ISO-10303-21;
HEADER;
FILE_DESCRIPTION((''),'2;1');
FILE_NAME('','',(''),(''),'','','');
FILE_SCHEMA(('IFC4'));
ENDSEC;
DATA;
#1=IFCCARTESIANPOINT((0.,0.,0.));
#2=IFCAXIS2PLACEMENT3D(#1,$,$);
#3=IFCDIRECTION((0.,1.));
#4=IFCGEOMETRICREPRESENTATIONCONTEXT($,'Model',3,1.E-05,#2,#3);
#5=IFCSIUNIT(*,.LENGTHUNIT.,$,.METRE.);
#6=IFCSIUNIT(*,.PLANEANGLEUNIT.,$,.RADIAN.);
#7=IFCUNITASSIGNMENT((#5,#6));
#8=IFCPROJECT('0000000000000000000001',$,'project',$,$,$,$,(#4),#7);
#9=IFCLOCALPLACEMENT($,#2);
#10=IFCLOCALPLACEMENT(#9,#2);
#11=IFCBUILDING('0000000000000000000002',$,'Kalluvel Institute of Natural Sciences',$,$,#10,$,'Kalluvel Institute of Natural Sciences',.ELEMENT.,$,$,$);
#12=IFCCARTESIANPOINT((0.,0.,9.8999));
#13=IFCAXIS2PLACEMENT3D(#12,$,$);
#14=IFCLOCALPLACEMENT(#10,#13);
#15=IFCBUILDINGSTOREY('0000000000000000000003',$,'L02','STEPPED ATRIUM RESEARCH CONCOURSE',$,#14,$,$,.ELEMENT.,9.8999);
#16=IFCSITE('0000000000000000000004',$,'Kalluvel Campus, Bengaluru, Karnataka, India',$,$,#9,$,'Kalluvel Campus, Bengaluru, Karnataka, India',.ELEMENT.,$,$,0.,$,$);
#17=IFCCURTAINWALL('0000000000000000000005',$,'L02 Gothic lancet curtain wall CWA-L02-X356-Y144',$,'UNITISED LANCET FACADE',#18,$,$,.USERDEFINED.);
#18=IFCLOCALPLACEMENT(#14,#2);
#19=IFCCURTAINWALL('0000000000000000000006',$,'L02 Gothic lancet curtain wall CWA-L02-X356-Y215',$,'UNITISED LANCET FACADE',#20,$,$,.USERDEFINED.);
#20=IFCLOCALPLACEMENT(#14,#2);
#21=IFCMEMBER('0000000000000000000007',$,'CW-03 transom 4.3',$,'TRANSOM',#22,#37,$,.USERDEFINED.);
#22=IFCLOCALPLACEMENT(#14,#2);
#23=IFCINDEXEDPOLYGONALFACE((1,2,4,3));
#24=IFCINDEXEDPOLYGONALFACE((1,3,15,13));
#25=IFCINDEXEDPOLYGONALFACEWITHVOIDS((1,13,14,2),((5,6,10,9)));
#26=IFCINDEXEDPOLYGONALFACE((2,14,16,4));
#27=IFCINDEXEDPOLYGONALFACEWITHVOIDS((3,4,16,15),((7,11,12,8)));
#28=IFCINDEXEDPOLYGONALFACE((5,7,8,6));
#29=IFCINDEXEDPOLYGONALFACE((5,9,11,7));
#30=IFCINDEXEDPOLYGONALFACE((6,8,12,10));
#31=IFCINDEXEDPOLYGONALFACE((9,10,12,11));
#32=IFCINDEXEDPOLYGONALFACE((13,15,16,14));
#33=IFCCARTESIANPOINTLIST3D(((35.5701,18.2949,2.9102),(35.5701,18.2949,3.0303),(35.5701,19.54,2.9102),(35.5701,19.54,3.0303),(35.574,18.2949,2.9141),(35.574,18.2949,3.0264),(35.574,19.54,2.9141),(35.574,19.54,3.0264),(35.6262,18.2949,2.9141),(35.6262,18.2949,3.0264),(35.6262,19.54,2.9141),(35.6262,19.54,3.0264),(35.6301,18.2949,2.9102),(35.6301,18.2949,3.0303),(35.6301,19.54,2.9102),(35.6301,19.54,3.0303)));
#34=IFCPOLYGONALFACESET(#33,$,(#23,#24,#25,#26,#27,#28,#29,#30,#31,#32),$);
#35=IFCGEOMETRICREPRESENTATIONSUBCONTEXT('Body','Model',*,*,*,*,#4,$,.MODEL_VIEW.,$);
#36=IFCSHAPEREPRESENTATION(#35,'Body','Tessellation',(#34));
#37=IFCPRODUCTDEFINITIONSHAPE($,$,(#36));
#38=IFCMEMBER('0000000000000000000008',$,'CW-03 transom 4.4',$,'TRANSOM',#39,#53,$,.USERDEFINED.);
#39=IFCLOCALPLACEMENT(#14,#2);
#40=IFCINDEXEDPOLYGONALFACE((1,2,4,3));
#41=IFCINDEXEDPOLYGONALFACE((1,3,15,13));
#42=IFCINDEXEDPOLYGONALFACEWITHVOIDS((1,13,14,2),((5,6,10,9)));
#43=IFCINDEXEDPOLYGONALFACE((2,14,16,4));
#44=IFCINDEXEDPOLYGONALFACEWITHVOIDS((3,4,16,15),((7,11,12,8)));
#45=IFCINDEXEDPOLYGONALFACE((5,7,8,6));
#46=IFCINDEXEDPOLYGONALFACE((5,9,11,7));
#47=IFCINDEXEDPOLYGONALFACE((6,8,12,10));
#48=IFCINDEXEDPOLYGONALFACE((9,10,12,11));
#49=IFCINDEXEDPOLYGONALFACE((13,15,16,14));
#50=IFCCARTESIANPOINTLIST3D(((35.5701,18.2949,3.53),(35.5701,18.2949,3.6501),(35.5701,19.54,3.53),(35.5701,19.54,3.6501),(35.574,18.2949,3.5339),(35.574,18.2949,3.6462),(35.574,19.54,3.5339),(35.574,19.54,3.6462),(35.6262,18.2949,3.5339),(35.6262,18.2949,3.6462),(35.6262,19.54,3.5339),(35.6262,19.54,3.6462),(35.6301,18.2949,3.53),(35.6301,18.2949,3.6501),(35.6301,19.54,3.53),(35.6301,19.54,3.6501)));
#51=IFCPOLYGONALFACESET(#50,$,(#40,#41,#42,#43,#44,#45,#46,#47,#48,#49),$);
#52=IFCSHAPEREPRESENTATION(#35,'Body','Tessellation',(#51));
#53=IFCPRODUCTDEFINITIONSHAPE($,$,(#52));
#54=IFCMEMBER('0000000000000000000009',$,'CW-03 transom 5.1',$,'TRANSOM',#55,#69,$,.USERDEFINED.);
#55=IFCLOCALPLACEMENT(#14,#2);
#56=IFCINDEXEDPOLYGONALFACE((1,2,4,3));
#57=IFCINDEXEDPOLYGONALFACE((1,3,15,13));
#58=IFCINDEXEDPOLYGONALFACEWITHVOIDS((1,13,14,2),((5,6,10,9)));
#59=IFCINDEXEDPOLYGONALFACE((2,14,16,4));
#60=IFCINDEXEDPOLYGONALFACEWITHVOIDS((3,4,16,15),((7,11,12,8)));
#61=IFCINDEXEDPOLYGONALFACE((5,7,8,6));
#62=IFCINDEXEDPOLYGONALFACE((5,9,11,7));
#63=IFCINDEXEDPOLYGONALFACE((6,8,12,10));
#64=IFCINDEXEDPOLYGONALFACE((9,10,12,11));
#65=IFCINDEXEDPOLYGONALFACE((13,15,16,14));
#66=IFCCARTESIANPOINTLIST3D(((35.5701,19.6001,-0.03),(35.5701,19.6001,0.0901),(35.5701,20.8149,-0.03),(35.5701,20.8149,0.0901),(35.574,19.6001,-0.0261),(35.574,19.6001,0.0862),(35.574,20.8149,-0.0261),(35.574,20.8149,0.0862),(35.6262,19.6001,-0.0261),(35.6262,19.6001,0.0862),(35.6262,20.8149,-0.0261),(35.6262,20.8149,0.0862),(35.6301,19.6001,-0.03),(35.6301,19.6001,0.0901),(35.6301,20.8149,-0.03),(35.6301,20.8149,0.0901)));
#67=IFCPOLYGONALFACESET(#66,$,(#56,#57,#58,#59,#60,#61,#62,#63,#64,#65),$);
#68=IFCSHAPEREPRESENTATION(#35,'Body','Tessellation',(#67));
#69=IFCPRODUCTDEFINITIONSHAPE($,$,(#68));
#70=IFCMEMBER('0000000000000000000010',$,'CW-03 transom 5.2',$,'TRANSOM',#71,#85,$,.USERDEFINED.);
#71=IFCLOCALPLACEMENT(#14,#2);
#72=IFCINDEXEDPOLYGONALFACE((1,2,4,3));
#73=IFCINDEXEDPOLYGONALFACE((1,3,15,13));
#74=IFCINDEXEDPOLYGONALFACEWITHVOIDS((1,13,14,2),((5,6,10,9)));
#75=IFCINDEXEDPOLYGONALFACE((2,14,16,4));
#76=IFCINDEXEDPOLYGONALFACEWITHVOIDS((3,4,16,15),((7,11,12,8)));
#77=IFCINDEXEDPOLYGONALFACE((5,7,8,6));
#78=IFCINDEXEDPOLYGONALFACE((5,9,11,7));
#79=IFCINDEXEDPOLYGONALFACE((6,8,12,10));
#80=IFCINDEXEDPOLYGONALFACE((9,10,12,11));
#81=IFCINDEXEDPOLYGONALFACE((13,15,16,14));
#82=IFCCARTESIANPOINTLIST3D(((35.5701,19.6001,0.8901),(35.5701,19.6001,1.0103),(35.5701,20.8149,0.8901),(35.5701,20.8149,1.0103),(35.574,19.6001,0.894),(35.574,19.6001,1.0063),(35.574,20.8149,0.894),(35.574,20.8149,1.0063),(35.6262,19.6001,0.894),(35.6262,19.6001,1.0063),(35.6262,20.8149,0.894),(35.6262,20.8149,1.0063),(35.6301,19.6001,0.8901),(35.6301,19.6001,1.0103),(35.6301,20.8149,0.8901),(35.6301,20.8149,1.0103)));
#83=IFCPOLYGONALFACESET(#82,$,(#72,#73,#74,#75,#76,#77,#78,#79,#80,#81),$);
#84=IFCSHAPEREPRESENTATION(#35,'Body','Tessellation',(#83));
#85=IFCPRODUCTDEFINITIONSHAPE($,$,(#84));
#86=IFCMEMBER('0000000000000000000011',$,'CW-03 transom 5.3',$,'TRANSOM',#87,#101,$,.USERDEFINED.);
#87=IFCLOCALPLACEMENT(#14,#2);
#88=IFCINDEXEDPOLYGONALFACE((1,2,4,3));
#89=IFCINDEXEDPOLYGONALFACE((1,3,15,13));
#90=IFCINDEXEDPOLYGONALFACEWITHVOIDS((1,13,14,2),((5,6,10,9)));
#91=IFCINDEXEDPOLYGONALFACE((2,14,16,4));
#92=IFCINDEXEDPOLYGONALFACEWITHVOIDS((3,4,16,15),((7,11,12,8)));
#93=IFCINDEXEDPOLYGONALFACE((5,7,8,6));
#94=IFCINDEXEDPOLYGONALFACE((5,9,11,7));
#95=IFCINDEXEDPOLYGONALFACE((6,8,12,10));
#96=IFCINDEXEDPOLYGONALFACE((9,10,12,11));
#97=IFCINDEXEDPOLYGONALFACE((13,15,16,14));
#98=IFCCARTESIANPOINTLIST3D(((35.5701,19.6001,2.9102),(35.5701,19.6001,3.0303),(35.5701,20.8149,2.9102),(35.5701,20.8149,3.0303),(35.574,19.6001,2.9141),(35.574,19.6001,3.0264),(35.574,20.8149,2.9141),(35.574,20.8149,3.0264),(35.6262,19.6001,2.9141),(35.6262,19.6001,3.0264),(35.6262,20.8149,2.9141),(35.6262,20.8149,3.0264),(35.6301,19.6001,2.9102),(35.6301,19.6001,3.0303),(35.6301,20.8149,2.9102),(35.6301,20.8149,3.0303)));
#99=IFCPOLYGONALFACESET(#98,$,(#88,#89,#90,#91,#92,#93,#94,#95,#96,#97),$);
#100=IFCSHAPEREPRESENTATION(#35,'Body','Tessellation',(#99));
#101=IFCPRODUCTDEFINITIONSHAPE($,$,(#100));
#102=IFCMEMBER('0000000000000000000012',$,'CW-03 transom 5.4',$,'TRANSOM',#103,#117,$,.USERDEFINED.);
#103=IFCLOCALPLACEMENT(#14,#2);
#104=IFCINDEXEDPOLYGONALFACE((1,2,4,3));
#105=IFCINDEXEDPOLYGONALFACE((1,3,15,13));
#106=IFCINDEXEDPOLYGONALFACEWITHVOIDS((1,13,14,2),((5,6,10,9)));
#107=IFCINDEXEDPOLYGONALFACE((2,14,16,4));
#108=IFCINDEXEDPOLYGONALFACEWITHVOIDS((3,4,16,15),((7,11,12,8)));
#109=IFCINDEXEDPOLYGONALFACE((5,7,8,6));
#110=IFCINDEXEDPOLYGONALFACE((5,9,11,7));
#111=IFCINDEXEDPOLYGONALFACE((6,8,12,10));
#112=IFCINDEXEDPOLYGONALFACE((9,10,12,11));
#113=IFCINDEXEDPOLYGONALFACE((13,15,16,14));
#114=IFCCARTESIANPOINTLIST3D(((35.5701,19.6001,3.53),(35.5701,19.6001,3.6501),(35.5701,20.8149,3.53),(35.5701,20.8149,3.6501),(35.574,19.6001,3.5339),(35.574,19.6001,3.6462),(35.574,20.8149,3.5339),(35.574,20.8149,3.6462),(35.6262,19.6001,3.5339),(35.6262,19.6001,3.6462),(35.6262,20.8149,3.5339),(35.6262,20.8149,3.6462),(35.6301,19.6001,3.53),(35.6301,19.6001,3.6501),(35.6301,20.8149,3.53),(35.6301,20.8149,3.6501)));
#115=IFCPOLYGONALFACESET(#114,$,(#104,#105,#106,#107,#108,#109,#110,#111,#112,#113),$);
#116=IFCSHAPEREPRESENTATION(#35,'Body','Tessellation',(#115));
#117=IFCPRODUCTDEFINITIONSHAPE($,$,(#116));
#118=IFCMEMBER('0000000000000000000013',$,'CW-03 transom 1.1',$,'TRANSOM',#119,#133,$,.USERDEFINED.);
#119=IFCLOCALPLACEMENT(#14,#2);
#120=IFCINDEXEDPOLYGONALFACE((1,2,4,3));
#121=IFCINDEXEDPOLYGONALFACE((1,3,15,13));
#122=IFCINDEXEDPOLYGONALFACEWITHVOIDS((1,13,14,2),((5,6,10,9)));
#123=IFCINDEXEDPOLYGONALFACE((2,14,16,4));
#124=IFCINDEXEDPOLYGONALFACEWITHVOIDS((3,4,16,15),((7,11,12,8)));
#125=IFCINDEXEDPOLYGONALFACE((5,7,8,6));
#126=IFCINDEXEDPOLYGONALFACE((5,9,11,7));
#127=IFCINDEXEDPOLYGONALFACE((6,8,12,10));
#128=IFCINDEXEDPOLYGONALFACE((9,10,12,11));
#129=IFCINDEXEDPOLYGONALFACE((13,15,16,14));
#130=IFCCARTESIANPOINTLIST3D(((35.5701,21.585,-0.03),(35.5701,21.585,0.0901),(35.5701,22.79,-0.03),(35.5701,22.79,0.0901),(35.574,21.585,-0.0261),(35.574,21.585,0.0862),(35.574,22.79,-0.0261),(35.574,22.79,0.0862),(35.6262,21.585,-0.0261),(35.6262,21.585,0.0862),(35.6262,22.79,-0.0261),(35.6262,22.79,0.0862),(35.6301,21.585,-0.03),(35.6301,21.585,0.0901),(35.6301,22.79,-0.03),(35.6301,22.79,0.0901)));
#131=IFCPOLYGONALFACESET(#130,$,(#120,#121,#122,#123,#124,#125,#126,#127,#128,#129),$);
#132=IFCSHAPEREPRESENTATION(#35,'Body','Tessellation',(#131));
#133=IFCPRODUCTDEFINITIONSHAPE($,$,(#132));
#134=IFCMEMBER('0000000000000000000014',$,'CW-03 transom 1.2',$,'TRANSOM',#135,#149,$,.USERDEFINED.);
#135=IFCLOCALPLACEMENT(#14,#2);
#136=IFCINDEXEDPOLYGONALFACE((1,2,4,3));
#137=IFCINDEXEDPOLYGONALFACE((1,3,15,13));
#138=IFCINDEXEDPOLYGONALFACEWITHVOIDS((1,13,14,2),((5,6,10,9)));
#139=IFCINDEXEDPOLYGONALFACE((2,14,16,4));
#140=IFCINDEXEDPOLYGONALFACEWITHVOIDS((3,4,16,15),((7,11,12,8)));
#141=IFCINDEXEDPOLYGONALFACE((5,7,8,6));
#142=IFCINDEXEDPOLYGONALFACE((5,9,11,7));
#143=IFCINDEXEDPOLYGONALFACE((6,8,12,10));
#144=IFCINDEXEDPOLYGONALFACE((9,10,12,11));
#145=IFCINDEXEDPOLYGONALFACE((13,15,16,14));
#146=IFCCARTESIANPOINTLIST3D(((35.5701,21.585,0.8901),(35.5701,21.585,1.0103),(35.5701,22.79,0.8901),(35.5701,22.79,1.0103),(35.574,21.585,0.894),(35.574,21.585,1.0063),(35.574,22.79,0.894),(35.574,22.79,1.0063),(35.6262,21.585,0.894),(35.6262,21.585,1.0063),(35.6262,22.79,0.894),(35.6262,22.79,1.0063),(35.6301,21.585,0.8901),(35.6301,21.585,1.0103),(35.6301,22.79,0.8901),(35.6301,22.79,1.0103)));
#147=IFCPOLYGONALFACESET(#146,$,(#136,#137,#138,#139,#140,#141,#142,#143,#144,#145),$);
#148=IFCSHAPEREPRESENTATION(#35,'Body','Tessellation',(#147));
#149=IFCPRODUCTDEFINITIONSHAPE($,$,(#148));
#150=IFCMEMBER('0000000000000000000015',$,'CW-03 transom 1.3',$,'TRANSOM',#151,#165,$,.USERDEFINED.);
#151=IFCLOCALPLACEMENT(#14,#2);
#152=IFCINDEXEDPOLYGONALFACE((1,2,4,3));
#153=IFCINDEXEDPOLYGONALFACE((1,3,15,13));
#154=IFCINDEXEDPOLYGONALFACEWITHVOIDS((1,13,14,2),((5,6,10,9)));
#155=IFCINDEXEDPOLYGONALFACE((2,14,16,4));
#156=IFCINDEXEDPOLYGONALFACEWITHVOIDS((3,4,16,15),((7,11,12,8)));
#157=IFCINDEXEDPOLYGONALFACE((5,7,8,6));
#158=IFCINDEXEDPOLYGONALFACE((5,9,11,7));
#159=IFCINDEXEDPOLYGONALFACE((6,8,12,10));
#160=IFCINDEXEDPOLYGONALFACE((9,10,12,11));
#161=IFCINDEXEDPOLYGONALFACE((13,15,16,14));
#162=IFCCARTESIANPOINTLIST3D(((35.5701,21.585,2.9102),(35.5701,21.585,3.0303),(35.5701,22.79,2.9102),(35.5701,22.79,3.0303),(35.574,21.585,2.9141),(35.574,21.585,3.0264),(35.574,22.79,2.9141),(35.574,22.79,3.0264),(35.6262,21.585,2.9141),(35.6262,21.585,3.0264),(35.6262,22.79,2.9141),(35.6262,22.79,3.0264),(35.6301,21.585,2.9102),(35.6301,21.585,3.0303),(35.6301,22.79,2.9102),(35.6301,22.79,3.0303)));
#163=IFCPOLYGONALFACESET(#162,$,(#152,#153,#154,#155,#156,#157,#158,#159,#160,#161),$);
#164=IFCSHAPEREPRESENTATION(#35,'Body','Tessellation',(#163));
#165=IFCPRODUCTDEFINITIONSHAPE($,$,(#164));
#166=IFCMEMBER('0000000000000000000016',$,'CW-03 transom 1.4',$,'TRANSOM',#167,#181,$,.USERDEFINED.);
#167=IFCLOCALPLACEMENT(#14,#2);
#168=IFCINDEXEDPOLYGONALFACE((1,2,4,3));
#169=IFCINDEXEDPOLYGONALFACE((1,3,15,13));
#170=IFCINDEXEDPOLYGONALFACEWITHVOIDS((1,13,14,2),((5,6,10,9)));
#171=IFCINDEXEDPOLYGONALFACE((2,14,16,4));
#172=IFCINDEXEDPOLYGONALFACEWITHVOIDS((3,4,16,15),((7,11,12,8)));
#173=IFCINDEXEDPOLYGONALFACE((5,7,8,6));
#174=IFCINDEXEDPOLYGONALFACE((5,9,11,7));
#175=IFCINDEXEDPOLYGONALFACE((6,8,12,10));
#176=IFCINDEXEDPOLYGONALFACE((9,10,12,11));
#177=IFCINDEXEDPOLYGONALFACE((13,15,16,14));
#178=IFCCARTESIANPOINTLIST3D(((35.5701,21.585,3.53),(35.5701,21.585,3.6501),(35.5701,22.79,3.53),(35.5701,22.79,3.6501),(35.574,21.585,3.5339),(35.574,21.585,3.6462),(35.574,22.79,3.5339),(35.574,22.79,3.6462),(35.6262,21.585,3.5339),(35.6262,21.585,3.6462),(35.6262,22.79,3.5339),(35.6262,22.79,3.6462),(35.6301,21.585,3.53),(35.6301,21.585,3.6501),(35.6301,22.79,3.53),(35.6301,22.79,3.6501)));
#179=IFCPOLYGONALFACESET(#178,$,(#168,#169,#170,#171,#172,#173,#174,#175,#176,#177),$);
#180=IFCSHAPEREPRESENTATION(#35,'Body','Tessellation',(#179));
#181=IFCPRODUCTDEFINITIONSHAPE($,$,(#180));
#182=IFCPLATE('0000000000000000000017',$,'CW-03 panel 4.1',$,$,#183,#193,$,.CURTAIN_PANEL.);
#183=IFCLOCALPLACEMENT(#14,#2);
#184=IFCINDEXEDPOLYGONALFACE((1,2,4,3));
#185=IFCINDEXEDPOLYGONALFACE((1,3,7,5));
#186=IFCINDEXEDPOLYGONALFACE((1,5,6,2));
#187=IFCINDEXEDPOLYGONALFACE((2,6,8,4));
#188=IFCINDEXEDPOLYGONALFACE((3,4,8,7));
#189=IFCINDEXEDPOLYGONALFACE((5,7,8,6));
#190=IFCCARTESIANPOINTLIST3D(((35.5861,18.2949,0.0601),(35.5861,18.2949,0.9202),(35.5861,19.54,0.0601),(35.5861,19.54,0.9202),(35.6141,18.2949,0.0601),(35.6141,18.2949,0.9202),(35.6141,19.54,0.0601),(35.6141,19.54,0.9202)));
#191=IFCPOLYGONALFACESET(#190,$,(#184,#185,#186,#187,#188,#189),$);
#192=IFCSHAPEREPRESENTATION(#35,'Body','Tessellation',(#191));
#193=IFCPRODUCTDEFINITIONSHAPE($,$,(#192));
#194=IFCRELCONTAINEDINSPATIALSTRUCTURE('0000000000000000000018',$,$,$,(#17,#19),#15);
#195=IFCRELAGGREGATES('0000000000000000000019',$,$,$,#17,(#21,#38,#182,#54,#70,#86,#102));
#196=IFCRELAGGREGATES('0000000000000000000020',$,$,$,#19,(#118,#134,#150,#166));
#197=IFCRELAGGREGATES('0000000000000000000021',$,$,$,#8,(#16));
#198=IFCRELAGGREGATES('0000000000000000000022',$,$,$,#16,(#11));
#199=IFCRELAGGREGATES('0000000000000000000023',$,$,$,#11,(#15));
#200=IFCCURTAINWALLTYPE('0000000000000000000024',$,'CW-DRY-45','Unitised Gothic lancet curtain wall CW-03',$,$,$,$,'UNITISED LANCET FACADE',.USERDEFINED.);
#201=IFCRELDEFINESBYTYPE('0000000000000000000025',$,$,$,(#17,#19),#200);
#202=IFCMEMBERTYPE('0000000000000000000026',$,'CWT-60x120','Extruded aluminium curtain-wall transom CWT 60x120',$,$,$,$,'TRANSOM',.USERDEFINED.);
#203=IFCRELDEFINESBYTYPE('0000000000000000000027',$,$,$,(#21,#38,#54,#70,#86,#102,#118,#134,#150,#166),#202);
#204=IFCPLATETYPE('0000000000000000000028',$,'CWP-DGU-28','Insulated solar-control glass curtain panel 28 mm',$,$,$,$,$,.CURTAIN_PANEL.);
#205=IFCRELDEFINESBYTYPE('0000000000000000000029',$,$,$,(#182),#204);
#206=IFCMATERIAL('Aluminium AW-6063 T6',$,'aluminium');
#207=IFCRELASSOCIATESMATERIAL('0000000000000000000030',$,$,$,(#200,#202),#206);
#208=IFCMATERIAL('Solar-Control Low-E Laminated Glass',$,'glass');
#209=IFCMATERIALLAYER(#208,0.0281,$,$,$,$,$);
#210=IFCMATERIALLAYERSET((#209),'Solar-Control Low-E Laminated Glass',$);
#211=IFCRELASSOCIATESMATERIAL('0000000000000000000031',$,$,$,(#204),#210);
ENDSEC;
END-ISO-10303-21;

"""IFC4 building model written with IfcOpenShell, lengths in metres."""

from ifc_helpers import new_model, si_unit, direction, frame, origin, origin_2d, place, context, subcontext, project, spatial, rectangle, hollow_rectangle, extrude, material, layer, layer_set, material_profile, profile_set, type_object, element, aggregate, save


model = new_model("IFC4")

# Units and contexts
model_context = context("Model", 3, precision=1e-05, world=origin(), true_north=direction((0.0, 1.0)))
body_context = subcontext(model_context, "Body", "Model", "MODEL_VIEW")
ifc_project = project(units=[si_unit("LENGTHUNIT", "METRE"), si_unit("PLANEANGLEUNIT", "RADIAN")], contexts=[model_context])

# Site, building, storey
site_placement = place(None, origin())
site = spatial("IfcSite", under=ifc_project, at=site_placement, Name="Kalluvel Campus, Bengaluru, Karnataka, India", LongName="Kalluvel Campus, Bengaluru, Karnataka, India", CompositionType="ELEMENT", RefElevation=0.0)
building_placement = place(site_placement, origin())
building = spatial("IfcBuilding", under=site, at=building_placement, Name="Kalluvel Institute of Natural Sciences", LongName="Kalluvel Institute of Natural Sciences", CompositionType="ELEMENT")
storey_placement = place(building_placement, frame((0.0, 0.0, 9.8999)))
storey = spatial("IfcBuildingStorey", under=building, at=storey_placement, Name="L02", Description="STEPPED ATRIUM RESEARCH CONCOURSE", CompositionType="ELEMENT", Elevation=9.8999)

# Curtain walls
ifc_material_1 = material(Name="Aluminium AW-6063 T6", Category="aluminium")
curtain_wall_type = type_object("IfcCurtainWallType", Name="CW-DRY-45", Description="Unitised Gothic lancet curtain wall CW-03", ElementType="UNITISED LANCET FACADE", PredefinedType="USERDEFINED", material=ifc_material_1)
curtain_wall_1_placement = place(storey_placement, origin())
curtain_wall_1 = element("IfcCurtainWall", 1, at=curtain_wall_1_placement, inside=storey, type_object=curtain_wall_type, Name="L02 Gothic lancet curtain wall CWA-L02-X356-Y144", ObjectType="UNITISED LANCET FACADE", PredefinedType="USERDEFINED")
curtain_wall_2_placement = place(storey_placement, origin())
curtain_wall_2 = element("IfcCurtainWall", 2, at=curtain_wall_2_placement, inside=storey, type_object=curtain_wall_type, Name="L02 Gothic lancet curtain wall CWA-L02-X356-Y215", ObjectType="UNITISED LANCET FACADE", PredefinedType="USERDEFINED")

# Members
ifc_material_profile_1 = material_profile(ifc_material_1, hollow_rectangle(XDim=0.0601, YDim=0.1201, WallThickness=0.0039, at=origin_2d()), Name="CWT 60x120")
ifc_profile_set_1 = profile_set([ifc_material_profile_1], Name="Aluminium AW-6063 T6")
member_type_1 = type_object("IfcMemberType", Name="CWT-60x120", Description="Extruded aluminium curtain-wall transom CWT 60x120", ElementType="TRANSOM", PredefinedType="USERDEFINED", material=ifc_profile_set_1)
member_1_placement = place(storey_placement, frame((35.6001, 18.2949, 2.9702), z_axis=(0.0, 1.0, 0.0), x_axis=(-1.0, 0.0, 0.0)))
member_1 = element("IfcMember", 3, at=member_1_placement, type_object=member_type_1, Name="CW-03 transom 4.3", ObjectType="TRANSOM", PredefinedType="USERDEFINED", context=body_context, shape_type="SweptSolid", body=[
    extrude(hollow_rectangle(XDim=0.0601, YDim=0.1201, WallThickness=0.0039, at=origin_2d()), origin(), (0.0, 0.0, 1.0), 1.2451),
])
member_2_placement = place(storey_placement, frame((35.6001, 18.2949, 3.5901), z_axis=(0.0, 1.0, 0.0), x_axis=(-1.0, 0.0, 0.0)))
member_2 = element("IfcMember", 4, at=member_2_placement, type_object=member_type_1, Name="CW-03 transom 4.4", ObjectType="TRANSOM", PredefinedType="USERDEFINED", context=body_context, shape_type="SweptSolid", body=[
    extrude(hollow_rectangle(XDim=0.0601, YDim=0.1201, WallThickness=0.0039, at=origin_2d()), origin(), (0.0, 0.0, 1.0), 1.2451),
])
member_3_placement = place(storey_placement, frame((35.6001, 19.6001, 0.03), z_axis=(0.0, 1.0, 0.0), x_axis=(-1.0, 0.0, 0.0)))
member_3 = element("IfcMember", 5, at=member_3_placement, type_object=member_type_1, Name="CW-03 transom 5.1", ObjectType="TRANSOM", PredefinedType="USERDEFINED", context=body_context, shape_type="SweptSolid", body=[
    extrude(hollow_rectangle(XDim=0.0601, YDim=0.1201, WallThickness=0.0039, at=origin_2d()), origin(), (0.0, 0.0, 1.0), 1.2148),
])
member_4_placement = place(storey_placement, frame((35.6001, 19.6001, 0.9502), z_axis=(0.0, 1.0, 0.0), x_axis=(-1.0, 0.0, 0.0)))
member_4 = element("IfcMember", 6, at=member_4_placement, type_object=member_type_1, Name="CW-03 transom 5.2", ObjectType="TRANSOM", PredefinedType="USERDEFINED", context=body_context, shape_type="SweptSolid", body=[
    extrude(hollow_rectangle(XDim=0.0601, YDim=0.1201, WallThickness=0.0039, at=origin_2d()), origin(), (0.0, 0.0, 1.0), 1.2148),
])
member_5_placement = place(storey_placement, frame((35.6001, 19.6001, 2.9702), z_axis=(0.0, 1.0, 0.0), x_axis=(-1.0, 0.0, 0.0)))
member_5 = element("IfcMember", 7, at=member_5_placement, type_object=member_type_1, Name="CW-03 transom 5.3", ObjectType="TRANSOM", PredefinedType="USERDEFINED", context=body_context, shape_type="SweptSolid", body=[
    extrude(hollow_rectangle(XDim=0.0601, YDim=0.1201, WallThickness=0.0039, at=origin_2d()), origin(), (0.0, 0.0, 1.0), 1.2148),
])
member_6_placement = place(storey_placement, frame((35.6001, 19.6001, 3.5901), z_axis=(0.0, 1.0, 0.0), x_axis=(-1.0, 0.0, 0.0)))
member_6 = element("IfcMember", 8, at=member_6_placement, type_object=member_type_1, Name="CW-03 transom 5.4", ObjectType="TRANSOM", PredefinedType="USERDEFINED", context=body_context, shape_type="SweptSolid", body=[
    extrude(hollow_rectangle(XDim=0.0601, YDim=0.1201, WallThickness=0.0039, at=origin_2d()), origin(), (0.0, 0.0, 1.0), 1.2148),
])
member_7_placement = place(storey_placement, frame((35.6001, 21.585, 0.03), z_axis=(0.0, 1.0, 0.0), x_axis=(-1.0, 0.0, 0.0)))
member_7 = element("IfcMember", 9, at=member_7_placement, type_object=member_type_1, Name="CW-03 transom 1.1", ObjectType="TRANSOM", PredefinedType="USERDEFINED", context=body_context, shape_type="SweptSolid", body=[
    extrude(hollow_rectangle(XDim=0.0601, YDim=0.1201, WallThickness=0.0039, at=origin_2d()), origin(), (0.0, 0.0, 1.0), 1.2051),
])
member_8_placement = place(storey_placement, frame((35.6001, 21.585, 0.9502), z_axis=(0.0, 1.0, 0.0), x_axis=(-1.0, 0.0, 0.0)))
member_8 = element("IfcMember", 10, at=member_8_placement, type_object=member_type_1, Name="CW-03 transom 1.2", ObjectType="TRANSOM", PredefinedType="USERDEFINED", context=body_context, shape_type="SweptSolid", body=[
    extrude(hollow_rectangle(XDim=0.0601, YDim=0.1201, WallThickness=0.0039, at=origin_2d()), origin(), (0.0, 0.0, 1.0), 1.2051),
])
member_9_placement = place(storey_placement, frame((35.6001, 21.585, 2.9702), z_axis=(0.0, 1.0, 0.0), x_axis=(-1.0, 0.0, 0.0)))
member_9 = element("IfcMember", 11, at=member_9_placement, type_object=member_type_1, Name="CW-03 transom 1.3", ObjectType="TRANSOM", PredefinedType="USERDEFINED", context=body_context, shape_type="SweptSolid", body=[
    extrude(hollow_rectangle(XDim=0.0601, YDim=0.1201, WallThickness=0.0039, at=origin_2d()), origin(), (0.0, 0.0, 1.0), 1.2051),
])
member_10_placement = place(storey_placement, frame((35.6001, 21.585, 3.5901), z_axis=(0.0, 1.0, 0.0), x_axis=(-1.0, 0.0, 0.0)))
member_10 = element("IfcMember", 12, at=member_10_placement, type_object=member_type_1, Name="CW-03 transom 1.4", ObjectType="TRANSOM", PredefinedType="USERDEFINED", context=body_context, shape_type="SweptSolid", body=[
    extrude(hollow_rectangle(XDim=0.0601, YDim=0.1201, WallThickness=0.0039, at=origin_2d()), origin(), (0.0, 0.0, 1.0), 1.2051),
])

# Plate
ifc_material_2 = material(Name="Solar-Control Low-E Laminated Glass", Category="glass")
ifc_layer = layer(ifc_material_2, 0.0281)
ifc_layer_set = layer_set([ifc_layer], Name="Solar-Control Low-E Laminated Glass")
plate_type = type_object("IfcPlateType", Name="CWP-DGU-28", Description="Insulated solar-control glass curtain panel 28 mm", PredefinedType="CURTAIN_PANEL", material=ifc_layer_set)
plate_1_placement = place(storey_placement, frame((35.6001, 18.9175, 0.0601), z_axis=(0.0, 0.0, 1.0), x_axis=(0.0, 1.0, 0.0)))
plate_1 = element("IfcPlate", 13, at=plate_1_placement, type_object=plate_type, Name="CW-03 panel 4.1", PredefinedType="CURTAIN_PANEL", context=body_context, shape_type="SweptSolid", body=[
    extrude(rectangle(XDim=1.2451, YDim=0.0281, at=origin_2d()), origin(), (0.0, 0.0, 1.0), 0.8601),
])
aggregate(curtain_wall_1, [member_1, member_2, plate_1, member_3, member_4, member_5, member_6])
aggregate(curtain_wall_2, [member_7, member_8, member_9, member_10])

save(model, "model.ifc")
